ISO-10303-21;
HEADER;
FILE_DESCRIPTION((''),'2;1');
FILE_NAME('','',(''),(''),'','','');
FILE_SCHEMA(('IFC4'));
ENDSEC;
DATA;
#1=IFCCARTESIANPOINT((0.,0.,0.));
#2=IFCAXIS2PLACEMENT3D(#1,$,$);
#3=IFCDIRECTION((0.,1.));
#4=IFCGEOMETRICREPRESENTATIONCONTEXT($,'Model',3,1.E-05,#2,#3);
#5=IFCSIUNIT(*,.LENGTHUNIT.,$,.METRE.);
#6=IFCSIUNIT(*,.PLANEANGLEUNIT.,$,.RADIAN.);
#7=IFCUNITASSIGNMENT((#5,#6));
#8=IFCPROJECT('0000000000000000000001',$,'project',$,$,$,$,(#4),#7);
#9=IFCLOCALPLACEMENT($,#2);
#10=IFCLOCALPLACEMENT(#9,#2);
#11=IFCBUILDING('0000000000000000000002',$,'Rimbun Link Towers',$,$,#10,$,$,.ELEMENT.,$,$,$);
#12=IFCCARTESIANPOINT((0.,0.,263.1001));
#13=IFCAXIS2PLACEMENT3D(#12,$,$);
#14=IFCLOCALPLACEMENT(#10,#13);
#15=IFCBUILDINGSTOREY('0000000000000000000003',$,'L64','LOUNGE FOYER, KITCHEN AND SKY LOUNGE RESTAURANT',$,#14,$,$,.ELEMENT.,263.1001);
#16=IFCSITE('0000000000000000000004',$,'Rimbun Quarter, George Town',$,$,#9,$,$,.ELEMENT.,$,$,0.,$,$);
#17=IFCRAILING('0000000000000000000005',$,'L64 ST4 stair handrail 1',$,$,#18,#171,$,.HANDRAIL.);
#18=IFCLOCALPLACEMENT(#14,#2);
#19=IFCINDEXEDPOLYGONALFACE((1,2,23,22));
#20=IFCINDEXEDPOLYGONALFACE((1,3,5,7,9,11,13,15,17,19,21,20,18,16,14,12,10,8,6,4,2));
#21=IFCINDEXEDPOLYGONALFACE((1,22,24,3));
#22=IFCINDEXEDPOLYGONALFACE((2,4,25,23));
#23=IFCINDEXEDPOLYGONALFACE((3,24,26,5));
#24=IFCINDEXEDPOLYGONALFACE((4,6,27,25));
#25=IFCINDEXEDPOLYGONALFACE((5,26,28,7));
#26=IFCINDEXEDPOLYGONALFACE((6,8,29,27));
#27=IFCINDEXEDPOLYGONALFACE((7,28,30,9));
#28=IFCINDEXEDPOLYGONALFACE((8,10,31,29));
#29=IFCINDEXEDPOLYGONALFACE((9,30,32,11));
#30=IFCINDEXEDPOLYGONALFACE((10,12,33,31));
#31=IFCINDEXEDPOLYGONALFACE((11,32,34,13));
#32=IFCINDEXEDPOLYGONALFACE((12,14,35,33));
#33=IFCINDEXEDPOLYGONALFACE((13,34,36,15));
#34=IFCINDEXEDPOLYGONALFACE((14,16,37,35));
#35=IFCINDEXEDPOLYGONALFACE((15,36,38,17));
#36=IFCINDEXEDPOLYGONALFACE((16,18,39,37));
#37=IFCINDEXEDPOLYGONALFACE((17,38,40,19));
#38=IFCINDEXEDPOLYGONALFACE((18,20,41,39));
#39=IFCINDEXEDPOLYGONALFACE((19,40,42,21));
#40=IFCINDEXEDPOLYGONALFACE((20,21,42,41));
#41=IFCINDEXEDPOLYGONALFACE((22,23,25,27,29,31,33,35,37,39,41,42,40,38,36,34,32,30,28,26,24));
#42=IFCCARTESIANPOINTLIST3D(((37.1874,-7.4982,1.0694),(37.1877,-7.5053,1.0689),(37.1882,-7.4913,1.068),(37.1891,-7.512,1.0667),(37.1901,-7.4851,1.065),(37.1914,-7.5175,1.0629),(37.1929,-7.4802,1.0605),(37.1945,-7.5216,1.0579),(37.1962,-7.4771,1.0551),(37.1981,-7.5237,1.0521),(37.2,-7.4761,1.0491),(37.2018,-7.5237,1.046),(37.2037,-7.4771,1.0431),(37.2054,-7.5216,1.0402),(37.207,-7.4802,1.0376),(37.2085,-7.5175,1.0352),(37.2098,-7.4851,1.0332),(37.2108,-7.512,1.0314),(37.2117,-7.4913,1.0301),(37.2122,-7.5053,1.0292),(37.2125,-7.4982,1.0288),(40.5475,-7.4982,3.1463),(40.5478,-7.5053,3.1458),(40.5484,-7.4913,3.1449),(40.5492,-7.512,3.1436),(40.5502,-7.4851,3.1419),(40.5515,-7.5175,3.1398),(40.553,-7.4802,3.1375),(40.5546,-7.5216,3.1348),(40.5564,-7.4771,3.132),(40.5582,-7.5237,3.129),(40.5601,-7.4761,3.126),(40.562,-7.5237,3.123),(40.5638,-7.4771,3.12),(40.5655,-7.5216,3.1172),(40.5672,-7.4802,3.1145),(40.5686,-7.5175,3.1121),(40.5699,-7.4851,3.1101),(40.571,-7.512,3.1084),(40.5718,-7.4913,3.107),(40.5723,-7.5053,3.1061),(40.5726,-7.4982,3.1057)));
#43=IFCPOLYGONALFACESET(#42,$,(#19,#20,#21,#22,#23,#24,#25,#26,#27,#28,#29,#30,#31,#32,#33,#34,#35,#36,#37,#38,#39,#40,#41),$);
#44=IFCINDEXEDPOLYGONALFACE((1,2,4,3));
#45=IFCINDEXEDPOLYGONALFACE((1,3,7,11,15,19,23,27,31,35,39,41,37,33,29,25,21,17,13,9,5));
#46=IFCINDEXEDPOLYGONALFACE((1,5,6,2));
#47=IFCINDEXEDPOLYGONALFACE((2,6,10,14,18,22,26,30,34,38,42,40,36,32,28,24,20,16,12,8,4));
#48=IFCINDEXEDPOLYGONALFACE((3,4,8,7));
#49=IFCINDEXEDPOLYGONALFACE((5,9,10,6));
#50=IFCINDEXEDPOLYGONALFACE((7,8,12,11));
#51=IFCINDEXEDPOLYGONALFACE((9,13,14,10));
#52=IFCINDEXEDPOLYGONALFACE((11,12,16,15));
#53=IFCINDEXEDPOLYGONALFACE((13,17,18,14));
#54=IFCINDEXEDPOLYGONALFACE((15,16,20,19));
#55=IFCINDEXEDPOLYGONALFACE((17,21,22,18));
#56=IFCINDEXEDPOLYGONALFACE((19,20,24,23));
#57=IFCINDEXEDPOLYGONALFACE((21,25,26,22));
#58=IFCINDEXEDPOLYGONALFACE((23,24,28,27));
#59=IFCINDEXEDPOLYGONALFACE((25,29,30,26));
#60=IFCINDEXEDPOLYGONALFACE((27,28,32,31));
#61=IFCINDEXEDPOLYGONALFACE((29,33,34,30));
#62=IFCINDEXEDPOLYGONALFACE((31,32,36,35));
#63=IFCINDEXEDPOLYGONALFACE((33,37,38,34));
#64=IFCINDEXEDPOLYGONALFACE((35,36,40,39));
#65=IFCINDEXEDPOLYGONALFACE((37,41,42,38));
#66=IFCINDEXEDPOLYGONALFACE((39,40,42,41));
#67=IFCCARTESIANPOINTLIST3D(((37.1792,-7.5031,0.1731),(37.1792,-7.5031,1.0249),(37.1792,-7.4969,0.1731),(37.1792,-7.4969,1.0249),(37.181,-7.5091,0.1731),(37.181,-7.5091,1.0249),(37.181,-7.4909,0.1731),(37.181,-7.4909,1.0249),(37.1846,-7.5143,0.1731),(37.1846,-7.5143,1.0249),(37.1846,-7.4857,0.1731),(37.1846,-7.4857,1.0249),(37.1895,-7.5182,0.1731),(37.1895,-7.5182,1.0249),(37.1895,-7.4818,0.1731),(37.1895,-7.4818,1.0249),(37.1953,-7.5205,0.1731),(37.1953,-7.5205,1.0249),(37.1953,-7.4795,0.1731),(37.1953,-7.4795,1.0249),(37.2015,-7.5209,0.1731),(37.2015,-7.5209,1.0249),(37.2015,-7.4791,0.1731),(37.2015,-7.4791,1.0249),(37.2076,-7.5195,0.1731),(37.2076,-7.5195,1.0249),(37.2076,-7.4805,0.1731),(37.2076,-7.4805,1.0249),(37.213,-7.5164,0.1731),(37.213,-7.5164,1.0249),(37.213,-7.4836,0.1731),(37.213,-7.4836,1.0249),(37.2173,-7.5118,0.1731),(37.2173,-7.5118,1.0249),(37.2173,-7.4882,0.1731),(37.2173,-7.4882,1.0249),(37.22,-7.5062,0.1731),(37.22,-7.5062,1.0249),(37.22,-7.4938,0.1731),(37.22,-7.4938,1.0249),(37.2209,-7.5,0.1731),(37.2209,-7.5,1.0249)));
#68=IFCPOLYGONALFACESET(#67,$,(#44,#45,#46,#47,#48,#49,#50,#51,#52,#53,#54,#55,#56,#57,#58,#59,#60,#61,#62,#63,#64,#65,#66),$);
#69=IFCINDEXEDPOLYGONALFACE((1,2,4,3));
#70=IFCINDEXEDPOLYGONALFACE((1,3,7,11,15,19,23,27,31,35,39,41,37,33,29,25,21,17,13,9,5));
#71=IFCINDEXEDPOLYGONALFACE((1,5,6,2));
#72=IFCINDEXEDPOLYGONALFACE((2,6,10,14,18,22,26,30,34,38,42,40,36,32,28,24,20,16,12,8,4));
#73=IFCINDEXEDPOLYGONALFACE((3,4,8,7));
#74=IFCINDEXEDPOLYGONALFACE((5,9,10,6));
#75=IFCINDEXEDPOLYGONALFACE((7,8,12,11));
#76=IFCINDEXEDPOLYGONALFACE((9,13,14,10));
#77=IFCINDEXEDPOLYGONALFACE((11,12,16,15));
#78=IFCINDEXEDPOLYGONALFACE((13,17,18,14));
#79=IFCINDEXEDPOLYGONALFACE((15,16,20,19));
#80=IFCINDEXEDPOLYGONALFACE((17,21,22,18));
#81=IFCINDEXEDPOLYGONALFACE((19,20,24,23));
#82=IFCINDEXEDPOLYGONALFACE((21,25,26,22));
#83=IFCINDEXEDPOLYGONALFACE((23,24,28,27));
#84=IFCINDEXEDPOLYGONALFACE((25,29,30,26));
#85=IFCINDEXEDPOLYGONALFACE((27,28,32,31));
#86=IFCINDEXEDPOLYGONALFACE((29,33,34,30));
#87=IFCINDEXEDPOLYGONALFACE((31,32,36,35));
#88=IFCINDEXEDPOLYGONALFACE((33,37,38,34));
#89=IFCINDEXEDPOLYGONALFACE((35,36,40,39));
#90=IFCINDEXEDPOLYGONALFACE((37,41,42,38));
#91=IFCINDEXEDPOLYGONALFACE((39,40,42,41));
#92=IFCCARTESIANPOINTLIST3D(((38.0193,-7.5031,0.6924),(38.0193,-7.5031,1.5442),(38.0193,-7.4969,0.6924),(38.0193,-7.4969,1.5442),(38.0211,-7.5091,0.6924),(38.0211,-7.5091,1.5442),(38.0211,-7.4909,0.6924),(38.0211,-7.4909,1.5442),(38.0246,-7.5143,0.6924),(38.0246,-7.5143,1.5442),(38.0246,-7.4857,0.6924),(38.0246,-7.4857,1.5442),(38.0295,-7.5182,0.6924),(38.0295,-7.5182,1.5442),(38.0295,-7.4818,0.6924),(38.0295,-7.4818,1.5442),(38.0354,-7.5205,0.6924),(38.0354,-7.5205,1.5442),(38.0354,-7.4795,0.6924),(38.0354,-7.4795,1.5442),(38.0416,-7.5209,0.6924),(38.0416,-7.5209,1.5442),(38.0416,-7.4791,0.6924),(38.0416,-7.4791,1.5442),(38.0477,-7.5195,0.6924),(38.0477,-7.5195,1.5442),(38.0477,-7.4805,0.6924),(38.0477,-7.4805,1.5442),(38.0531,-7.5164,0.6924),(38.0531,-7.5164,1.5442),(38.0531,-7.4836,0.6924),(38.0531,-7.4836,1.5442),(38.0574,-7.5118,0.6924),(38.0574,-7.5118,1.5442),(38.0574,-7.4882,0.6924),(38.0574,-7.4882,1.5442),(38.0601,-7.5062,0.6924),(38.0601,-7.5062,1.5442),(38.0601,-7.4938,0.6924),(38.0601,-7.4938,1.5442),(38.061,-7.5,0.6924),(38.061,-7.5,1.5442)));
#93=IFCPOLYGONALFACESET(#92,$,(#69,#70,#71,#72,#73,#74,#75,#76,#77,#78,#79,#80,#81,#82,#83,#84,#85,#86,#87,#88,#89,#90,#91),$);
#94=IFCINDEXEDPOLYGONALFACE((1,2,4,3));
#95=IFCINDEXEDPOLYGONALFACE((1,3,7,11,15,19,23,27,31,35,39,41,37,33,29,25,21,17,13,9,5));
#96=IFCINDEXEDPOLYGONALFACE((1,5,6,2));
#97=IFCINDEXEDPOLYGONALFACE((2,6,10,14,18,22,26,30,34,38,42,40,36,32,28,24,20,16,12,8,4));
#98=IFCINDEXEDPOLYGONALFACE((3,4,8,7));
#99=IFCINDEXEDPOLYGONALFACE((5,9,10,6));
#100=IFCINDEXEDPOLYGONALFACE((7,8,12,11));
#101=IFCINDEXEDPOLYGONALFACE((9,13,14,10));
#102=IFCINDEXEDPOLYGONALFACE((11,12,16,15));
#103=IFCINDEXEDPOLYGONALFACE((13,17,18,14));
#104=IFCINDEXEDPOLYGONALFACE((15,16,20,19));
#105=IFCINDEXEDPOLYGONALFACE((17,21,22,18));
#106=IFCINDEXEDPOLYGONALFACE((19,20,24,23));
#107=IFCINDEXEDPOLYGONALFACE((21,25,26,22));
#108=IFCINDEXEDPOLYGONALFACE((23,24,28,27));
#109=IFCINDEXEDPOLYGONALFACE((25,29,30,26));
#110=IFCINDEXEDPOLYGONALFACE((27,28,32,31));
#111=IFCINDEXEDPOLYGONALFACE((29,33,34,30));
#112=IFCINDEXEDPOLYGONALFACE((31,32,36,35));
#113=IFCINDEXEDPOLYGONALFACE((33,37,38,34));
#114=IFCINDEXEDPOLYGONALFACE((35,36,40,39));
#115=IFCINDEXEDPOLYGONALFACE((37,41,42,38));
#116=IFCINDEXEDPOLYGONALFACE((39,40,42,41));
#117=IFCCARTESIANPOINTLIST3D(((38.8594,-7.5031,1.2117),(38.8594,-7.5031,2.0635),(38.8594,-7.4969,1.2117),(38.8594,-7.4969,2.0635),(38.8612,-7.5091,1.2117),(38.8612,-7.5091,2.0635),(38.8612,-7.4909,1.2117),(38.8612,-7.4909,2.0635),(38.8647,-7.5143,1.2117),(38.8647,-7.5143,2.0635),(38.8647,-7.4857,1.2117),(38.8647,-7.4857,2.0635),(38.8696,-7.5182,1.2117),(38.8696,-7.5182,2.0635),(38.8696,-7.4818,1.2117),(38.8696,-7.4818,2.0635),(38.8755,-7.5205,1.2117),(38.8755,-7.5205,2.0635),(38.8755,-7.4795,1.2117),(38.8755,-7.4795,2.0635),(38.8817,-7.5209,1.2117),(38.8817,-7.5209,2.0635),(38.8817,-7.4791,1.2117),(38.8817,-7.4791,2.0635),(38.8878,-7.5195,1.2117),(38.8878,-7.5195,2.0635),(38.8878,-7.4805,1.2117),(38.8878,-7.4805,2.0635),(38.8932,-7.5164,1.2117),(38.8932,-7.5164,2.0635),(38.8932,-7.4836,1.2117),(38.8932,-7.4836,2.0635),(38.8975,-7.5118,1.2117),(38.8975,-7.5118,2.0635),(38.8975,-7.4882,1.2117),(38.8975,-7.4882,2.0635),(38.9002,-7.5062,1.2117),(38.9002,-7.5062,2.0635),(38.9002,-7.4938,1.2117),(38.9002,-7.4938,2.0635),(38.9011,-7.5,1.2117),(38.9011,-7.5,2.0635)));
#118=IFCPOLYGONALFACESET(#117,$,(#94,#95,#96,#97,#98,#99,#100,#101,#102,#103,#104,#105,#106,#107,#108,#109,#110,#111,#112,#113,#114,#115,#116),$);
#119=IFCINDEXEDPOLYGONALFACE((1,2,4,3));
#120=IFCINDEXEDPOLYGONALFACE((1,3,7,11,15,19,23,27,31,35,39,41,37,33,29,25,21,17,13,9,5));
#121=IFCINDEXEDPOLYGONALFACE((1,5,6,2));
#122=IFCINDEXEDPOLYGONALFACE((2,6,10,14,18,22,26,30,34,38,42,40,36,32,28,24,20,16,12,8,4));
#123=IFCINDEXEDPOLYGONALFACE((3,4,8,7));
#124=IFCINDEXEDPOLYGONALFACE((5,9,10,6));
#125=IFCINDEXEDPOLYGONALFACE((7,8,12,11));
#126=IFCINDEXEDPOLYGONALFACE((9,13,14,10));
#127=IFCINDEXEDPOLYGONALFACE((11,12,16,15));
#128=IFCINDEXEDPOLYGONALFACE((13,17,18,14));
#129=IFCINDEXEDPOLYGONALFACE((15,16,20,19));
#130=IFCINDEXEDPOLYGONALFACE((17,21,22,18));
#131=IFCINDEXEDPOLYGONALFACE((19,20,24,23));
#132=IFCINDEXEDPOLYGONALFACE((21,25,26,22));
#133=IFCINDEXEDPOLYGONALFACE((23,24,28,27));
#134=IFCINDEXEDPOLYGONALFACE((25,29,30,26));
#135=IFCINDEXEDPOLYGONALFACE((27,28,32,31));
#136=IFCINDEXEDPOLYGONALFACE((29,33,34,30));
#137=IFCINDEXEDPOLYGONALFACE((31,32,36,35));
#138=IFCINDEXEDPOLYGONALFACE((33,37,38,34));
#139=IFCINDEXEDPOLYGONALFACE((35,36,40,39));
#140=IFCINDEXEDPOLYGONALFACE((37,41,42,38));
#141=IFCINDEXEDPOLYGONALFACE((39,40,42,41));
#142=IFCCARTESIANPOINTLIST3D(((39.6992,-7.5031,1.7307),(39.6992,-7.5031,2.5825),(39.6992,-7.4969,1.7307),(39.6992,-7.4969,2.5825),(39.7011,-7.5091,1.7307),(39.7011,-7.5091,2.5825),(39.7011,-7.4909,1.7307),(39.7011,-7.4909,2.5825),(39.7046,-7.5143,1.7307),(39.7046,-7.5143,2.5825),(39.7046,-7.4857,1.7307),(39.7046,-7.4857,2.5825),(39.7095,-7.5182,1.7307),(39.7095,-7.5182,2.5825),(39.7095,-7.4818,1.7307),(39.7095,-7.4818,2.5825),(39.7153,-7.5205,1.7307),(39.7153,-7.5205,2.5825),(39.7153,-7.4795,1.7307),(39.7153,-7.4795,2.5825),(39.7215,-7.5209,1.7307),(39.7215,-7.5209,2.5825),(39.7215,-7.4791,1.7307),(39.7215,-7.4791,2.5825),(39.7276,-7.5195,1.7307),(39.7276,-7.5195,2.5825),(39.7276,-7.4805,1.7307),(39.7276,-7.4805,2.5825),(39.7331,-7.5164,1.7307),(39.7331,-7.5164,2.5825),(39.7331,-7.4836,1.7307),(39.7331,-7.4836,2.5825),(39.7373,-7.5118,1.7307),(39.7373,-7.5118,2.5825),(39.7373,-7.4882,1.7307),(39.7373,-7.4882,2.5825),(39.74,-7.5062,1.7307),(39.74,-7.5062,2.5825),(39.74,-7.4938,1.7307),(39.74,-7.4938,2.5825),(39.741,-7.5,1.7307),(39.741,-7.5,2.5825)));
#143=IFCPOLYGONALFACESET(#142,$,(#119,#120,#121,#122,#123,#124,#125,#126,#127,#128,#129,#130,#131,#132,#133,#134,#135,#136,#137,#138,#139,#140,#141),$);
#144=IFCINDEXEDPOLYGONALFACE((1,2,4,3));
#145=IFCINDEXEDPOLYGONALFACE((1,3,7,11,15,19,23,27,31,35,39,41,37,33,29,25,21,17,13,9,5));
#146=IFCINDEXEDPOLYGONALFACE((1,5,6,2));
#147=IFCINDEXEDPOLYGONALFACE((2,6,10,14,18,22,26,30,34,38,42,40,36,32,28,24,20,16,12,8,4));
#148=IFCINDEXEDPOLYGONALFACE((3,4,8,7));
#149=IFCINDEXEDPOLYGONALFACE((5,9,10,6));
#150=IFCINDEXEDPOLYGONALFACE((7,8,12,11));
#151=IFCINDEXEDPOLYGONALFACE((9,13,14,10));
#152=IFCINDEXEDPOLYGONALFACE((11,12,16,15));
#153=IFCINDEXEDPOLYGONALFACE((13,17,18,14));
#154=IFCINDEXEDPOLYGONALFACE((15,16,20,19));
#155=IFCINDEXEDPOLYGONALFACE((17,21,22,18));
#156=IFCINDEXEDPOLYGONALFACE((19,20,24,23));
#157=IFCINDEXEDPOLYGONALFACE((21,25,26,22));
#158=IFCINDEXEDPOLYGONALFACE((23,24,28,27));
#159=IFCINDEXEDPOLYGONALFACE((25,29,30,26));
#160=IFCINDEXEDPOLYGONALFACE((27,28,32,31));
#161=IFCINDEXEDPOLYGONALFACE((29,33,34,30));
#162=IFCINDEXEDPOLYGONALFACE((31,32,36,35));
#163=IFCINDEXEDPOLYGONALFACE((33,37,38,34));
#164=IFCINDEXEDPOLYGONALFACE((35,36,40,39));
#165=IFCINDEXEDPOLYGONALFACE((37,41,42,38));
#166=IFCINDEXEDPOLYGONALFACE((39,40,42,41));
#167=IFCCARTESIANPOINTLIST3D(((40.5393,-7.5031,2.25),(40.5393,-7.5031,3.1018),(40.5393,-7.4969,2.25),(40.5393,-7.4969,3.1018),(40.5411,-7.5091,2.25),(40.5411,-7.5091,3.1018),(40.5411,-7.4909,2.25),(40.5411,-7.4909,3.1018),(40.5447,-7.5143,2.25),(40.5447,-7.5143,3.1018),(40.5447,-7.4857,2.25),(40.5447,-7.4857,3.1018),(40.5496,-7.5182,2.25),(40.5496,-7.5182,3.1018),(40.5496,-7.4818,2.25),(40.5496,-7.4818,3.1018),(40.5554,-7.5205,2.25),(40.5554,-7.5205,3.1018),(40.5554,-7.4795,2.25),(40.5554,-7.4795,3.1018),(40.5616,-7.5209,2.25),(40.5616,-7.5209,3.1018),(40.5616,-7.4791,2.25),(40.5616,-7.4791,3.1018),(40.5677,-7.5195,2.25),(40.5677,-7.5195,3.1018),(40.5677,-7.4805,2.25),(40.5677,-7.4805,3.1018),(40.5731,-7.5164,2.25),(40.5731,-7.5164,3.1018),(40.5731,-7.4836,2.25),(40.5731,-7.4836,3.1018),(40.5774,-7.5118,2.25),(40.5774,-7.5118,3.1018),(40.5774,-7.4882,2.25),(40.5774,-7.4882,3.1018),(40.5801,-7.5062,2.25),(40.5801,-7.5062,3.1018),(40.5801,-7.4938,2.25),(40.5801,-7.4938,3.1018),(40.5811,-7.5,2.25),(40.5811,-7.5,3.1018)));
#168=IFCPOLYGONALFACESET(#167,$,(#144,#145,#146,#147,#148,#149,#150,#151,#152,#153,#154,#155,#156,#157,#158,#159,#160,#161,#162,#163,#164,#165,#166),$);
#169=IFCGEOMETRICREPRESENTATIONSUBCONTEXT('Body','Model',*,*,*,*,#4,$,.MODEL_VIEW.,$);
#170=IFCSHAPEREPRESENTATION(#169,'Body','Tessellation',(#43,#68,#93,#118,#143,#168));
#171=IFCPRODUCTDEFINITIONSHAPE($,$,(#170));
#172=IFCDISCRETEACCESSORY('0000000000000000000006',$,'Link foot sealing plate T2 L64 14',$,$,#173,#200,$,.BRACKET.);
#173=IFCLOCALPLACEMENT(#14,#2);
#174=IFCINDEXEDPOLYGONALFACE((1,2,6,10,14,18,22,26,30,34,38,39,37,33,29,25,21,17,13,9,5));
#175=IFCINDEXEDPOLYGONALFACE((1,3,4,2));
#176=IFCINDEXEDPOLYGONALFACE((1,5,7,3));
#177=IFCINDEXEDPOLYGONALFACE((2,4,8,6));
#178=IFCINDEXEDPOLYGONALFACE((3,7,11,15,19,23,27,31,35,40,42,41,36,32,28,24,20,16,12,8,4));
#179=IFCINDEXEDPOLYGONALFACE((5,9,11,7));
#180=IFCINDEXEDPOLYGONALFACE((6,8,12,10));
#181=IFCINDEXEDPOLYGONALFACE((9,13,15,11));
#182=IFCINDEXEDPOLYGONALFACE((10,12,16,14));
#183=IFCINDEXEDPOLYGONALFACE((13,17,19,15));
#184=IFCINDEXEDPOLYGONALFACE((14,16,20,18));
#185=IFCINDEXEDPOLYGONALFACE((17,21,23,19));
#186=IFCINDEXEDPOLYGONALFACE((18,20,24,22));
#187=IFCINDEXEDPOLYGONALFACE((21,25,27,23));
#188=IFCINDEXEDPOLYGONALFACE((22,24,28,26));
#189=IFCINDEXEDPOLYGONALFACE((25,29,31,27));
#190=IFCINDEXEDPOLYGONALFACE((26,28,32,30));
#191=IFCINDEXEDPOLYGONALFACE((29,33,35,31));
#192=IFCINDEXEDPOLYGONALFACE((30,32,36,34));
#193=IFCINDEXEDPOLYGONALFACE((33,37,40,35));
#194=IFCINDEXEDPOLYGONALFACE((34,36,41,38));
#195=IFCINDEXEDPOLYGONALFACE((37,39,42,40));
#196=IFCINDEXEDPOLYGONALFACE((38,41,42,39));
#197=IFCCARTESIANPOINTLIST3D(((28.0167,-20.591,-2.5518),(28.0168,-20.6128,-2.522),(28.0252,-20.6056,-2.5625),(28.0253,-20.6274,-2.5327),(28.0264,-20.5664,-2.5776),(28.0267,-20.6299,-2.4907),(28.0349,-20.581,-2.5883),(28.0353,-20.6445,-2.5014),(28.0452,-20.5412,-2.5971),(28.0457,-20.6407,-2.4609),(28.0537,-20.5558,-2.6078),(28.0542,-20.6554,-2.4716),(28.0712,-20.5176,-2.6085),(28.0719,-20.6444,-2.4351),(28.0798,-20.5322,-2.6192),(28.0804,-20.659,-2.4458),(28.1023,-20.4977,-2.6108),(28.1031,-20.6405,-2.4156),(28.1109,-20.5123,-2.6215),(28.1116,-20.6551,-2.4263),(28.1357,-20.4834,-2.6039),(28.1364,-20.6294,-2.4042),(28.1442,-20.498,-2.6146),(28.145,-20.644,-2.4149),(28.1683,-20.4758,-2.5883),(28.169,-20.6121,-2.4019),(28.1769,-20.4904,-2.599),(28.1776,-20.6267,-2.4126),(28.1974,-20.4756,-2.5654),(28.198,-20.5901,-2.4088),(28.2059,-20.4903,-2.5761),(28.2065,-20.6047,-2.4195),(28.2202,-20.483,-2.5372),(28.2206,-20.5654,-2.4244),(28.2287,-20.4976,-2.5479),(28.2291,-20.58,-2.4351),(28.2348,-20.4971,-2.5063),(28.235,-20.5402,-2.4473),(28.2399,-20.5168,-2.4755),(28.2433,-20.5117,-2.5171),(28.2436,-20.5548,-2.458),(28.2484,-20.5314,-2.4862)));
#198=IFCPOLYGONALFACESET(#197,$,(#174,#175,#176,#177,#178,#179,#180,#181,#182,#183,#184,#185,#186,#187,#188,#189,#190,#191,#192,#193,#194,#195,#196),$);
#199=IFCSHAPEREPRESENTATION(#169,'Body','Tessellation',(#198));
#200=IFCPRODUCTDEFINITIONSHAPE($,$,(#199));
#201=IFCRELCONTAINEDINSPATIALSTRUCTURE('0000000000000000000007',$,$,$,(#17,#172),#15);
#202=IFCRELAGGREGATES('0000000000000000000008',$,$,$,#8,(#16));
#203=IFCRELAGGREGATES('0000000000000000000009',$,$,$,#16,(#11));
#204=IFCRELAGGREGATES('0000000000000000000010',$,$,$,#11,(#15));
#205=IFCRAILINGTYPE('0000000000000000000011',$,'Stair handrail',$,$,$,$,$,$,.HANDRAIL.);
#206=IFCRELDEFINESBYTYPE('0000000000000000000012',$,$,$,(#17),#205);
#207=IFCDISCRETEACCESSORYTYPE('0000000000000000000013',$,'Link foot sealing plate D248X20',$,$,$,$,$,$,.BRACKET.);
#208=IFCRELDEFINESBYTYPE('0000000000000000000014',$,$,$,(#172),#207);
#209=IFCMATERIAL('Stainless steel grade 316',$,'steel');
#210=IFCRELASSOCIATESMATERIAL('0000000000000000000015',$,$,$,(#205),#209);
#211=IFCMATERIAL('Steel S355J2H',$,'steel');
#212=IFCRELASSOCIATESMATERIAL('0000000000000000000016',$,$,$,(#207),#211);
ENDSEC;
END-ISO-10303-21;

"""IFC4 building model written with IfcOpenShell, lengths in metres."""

from ifc_helpers import new_model, si_unit, direction, frame, origin, origin_2d, place, context, subcontext, project, spatial, circle, extrude, material, material_profile, profile_set, type_object, element, save


model = new_model("IFC4")

# Units and contexts
model_context = context("Model", 3, precision=1e-05, world=origin(), true_north=direction((0.0, 1.0)))
body_context = subcontext(model_context, "Body", "Model", "MODEL_VIEW")
ifc_project = project(units=[si_unit("LENGTHUNIT", "METRE"), si_unit("PLANEANGLEUNIT", "RADIAN")], contexts=[model_context])

# Site, building, storey
site_placement = place(None, origin())
site = spatial("IfcSite", under=ifc_project, at=site_placement, Name="Rimbun Quarter, George Town", CompositionType="ELEMENT", RefElevation=0.0)
building_placement = place(site_placement, origin())
building = spatial("IfcBuilding", under=site, at=building_placement, Name="Rimbun Link Towers", CompositionType="ELEMENT")
storey_placement = place(building_placement, frame((0.0, 0.0, 263.1001)))
storey = spatial("IfcBuildingStorey", under=building, at=storey_placement, Name="L64", Description="LOUNGE FOYER, KITCHEN AND SKY LOUNGE RESTAURANT", CompositionType="ELEMENT", Elevation=263.1001)

# Railing
ifc_material_1 = material(Name="Stainless steel grade 316", Category="steel")
railing_type_1 = type_object("IfcRailingType", Name="Stair handrail", PredefinedType="HANDRAIL", material=ifc_material_1)
railing_1_placement = place(storey_placement, frame((37.2, -7.5, 0.1731)))
element("IfcRailing", 1, at=railing_1_placement, inside=storey, type_object=railing_type_1, Name="L64 ST4 stair handrail 1", PredefinedType="HANDRAIL", context=body_context, shape_type="SweptSolid", body=[
    extrude(circle(Radius=0.0239, at=origin_2d()), frame((0.0, 0.0, 0.876), z_axis=(0.850623, 0.0, 0.525776), x_axis=(0.0, 1.0, 0.0)), (0.0, 0.0, 1.0), 3.9502),
    extrude(circle(Radius=0.021, at=origin_2d()), origin(), (0.0, 0.0, 1.0), 0.8518),
    extrude(circle(Radius=0.021, at=origin_2d()), frame((0.8401, 0.0, 0.5193)), (0.0, 0.0, 1.0), 0.8518),
    extrude(circle(Radius=0.021, at=origin_2d()), frame((1.6802, 0.0, 1.0386)), (0.0, 0.0, 1.0), 0.8518),
    extrude(circle(Radius=0.021, at=origin_2d()), frame((2.52, 0.0, 1.5576)), (0.0, 0.0, 1.0), 0.8518),
    extrude(circle(Radius=0.021, at=origin_2d()), frame((3.3601, 0.0, 2.0769)), (0.0, 0.0, 1.0), 0.8518),
])

# Discrete accessory
ifc_material_2 = material(Name="Steel S355J2H", Category="steel")
ifc_material_profile_1 = material_profile(ifc_material_2, circle(Radius=0.124, at=origin_2d()), Name="PL D248")
ifc_profile_set_1 = profile_set([ifc_material_profile_1], Name="Steel S355J2H")
discrete_accessory_type = type_object("IfcDiscreteAccessoryType", Name="Link foot sealing plate D248X20", PredefinedType="BRACKET", material=ifc_profile_set_1)
for number, where, z_axis, x_axis, name in (
    (2, (28.1277, -20.5596, -2.5063), (0.42566, -0.729702, -0.535115), (0.863779, 0.503871, 0.0), "Link foot sealing plate T2 L64 14"),
):
    element("IfcDiscreteAccessory", number, at=place(storey_placement, frame(where, z_axis=z_axis, x_axis=x_axis)), inside=storey, type_object=discrete_accessory_type, Name=name, PredefinedType="BRACKET", context=body_context, shape_type="SweptSolid", body=[
        extrude(circle(Radius=0.124, at=origin_2d()), origin(), (0.0, 0.0, 1.0), 0.02),
    ])

save(model, "model.ifc")
